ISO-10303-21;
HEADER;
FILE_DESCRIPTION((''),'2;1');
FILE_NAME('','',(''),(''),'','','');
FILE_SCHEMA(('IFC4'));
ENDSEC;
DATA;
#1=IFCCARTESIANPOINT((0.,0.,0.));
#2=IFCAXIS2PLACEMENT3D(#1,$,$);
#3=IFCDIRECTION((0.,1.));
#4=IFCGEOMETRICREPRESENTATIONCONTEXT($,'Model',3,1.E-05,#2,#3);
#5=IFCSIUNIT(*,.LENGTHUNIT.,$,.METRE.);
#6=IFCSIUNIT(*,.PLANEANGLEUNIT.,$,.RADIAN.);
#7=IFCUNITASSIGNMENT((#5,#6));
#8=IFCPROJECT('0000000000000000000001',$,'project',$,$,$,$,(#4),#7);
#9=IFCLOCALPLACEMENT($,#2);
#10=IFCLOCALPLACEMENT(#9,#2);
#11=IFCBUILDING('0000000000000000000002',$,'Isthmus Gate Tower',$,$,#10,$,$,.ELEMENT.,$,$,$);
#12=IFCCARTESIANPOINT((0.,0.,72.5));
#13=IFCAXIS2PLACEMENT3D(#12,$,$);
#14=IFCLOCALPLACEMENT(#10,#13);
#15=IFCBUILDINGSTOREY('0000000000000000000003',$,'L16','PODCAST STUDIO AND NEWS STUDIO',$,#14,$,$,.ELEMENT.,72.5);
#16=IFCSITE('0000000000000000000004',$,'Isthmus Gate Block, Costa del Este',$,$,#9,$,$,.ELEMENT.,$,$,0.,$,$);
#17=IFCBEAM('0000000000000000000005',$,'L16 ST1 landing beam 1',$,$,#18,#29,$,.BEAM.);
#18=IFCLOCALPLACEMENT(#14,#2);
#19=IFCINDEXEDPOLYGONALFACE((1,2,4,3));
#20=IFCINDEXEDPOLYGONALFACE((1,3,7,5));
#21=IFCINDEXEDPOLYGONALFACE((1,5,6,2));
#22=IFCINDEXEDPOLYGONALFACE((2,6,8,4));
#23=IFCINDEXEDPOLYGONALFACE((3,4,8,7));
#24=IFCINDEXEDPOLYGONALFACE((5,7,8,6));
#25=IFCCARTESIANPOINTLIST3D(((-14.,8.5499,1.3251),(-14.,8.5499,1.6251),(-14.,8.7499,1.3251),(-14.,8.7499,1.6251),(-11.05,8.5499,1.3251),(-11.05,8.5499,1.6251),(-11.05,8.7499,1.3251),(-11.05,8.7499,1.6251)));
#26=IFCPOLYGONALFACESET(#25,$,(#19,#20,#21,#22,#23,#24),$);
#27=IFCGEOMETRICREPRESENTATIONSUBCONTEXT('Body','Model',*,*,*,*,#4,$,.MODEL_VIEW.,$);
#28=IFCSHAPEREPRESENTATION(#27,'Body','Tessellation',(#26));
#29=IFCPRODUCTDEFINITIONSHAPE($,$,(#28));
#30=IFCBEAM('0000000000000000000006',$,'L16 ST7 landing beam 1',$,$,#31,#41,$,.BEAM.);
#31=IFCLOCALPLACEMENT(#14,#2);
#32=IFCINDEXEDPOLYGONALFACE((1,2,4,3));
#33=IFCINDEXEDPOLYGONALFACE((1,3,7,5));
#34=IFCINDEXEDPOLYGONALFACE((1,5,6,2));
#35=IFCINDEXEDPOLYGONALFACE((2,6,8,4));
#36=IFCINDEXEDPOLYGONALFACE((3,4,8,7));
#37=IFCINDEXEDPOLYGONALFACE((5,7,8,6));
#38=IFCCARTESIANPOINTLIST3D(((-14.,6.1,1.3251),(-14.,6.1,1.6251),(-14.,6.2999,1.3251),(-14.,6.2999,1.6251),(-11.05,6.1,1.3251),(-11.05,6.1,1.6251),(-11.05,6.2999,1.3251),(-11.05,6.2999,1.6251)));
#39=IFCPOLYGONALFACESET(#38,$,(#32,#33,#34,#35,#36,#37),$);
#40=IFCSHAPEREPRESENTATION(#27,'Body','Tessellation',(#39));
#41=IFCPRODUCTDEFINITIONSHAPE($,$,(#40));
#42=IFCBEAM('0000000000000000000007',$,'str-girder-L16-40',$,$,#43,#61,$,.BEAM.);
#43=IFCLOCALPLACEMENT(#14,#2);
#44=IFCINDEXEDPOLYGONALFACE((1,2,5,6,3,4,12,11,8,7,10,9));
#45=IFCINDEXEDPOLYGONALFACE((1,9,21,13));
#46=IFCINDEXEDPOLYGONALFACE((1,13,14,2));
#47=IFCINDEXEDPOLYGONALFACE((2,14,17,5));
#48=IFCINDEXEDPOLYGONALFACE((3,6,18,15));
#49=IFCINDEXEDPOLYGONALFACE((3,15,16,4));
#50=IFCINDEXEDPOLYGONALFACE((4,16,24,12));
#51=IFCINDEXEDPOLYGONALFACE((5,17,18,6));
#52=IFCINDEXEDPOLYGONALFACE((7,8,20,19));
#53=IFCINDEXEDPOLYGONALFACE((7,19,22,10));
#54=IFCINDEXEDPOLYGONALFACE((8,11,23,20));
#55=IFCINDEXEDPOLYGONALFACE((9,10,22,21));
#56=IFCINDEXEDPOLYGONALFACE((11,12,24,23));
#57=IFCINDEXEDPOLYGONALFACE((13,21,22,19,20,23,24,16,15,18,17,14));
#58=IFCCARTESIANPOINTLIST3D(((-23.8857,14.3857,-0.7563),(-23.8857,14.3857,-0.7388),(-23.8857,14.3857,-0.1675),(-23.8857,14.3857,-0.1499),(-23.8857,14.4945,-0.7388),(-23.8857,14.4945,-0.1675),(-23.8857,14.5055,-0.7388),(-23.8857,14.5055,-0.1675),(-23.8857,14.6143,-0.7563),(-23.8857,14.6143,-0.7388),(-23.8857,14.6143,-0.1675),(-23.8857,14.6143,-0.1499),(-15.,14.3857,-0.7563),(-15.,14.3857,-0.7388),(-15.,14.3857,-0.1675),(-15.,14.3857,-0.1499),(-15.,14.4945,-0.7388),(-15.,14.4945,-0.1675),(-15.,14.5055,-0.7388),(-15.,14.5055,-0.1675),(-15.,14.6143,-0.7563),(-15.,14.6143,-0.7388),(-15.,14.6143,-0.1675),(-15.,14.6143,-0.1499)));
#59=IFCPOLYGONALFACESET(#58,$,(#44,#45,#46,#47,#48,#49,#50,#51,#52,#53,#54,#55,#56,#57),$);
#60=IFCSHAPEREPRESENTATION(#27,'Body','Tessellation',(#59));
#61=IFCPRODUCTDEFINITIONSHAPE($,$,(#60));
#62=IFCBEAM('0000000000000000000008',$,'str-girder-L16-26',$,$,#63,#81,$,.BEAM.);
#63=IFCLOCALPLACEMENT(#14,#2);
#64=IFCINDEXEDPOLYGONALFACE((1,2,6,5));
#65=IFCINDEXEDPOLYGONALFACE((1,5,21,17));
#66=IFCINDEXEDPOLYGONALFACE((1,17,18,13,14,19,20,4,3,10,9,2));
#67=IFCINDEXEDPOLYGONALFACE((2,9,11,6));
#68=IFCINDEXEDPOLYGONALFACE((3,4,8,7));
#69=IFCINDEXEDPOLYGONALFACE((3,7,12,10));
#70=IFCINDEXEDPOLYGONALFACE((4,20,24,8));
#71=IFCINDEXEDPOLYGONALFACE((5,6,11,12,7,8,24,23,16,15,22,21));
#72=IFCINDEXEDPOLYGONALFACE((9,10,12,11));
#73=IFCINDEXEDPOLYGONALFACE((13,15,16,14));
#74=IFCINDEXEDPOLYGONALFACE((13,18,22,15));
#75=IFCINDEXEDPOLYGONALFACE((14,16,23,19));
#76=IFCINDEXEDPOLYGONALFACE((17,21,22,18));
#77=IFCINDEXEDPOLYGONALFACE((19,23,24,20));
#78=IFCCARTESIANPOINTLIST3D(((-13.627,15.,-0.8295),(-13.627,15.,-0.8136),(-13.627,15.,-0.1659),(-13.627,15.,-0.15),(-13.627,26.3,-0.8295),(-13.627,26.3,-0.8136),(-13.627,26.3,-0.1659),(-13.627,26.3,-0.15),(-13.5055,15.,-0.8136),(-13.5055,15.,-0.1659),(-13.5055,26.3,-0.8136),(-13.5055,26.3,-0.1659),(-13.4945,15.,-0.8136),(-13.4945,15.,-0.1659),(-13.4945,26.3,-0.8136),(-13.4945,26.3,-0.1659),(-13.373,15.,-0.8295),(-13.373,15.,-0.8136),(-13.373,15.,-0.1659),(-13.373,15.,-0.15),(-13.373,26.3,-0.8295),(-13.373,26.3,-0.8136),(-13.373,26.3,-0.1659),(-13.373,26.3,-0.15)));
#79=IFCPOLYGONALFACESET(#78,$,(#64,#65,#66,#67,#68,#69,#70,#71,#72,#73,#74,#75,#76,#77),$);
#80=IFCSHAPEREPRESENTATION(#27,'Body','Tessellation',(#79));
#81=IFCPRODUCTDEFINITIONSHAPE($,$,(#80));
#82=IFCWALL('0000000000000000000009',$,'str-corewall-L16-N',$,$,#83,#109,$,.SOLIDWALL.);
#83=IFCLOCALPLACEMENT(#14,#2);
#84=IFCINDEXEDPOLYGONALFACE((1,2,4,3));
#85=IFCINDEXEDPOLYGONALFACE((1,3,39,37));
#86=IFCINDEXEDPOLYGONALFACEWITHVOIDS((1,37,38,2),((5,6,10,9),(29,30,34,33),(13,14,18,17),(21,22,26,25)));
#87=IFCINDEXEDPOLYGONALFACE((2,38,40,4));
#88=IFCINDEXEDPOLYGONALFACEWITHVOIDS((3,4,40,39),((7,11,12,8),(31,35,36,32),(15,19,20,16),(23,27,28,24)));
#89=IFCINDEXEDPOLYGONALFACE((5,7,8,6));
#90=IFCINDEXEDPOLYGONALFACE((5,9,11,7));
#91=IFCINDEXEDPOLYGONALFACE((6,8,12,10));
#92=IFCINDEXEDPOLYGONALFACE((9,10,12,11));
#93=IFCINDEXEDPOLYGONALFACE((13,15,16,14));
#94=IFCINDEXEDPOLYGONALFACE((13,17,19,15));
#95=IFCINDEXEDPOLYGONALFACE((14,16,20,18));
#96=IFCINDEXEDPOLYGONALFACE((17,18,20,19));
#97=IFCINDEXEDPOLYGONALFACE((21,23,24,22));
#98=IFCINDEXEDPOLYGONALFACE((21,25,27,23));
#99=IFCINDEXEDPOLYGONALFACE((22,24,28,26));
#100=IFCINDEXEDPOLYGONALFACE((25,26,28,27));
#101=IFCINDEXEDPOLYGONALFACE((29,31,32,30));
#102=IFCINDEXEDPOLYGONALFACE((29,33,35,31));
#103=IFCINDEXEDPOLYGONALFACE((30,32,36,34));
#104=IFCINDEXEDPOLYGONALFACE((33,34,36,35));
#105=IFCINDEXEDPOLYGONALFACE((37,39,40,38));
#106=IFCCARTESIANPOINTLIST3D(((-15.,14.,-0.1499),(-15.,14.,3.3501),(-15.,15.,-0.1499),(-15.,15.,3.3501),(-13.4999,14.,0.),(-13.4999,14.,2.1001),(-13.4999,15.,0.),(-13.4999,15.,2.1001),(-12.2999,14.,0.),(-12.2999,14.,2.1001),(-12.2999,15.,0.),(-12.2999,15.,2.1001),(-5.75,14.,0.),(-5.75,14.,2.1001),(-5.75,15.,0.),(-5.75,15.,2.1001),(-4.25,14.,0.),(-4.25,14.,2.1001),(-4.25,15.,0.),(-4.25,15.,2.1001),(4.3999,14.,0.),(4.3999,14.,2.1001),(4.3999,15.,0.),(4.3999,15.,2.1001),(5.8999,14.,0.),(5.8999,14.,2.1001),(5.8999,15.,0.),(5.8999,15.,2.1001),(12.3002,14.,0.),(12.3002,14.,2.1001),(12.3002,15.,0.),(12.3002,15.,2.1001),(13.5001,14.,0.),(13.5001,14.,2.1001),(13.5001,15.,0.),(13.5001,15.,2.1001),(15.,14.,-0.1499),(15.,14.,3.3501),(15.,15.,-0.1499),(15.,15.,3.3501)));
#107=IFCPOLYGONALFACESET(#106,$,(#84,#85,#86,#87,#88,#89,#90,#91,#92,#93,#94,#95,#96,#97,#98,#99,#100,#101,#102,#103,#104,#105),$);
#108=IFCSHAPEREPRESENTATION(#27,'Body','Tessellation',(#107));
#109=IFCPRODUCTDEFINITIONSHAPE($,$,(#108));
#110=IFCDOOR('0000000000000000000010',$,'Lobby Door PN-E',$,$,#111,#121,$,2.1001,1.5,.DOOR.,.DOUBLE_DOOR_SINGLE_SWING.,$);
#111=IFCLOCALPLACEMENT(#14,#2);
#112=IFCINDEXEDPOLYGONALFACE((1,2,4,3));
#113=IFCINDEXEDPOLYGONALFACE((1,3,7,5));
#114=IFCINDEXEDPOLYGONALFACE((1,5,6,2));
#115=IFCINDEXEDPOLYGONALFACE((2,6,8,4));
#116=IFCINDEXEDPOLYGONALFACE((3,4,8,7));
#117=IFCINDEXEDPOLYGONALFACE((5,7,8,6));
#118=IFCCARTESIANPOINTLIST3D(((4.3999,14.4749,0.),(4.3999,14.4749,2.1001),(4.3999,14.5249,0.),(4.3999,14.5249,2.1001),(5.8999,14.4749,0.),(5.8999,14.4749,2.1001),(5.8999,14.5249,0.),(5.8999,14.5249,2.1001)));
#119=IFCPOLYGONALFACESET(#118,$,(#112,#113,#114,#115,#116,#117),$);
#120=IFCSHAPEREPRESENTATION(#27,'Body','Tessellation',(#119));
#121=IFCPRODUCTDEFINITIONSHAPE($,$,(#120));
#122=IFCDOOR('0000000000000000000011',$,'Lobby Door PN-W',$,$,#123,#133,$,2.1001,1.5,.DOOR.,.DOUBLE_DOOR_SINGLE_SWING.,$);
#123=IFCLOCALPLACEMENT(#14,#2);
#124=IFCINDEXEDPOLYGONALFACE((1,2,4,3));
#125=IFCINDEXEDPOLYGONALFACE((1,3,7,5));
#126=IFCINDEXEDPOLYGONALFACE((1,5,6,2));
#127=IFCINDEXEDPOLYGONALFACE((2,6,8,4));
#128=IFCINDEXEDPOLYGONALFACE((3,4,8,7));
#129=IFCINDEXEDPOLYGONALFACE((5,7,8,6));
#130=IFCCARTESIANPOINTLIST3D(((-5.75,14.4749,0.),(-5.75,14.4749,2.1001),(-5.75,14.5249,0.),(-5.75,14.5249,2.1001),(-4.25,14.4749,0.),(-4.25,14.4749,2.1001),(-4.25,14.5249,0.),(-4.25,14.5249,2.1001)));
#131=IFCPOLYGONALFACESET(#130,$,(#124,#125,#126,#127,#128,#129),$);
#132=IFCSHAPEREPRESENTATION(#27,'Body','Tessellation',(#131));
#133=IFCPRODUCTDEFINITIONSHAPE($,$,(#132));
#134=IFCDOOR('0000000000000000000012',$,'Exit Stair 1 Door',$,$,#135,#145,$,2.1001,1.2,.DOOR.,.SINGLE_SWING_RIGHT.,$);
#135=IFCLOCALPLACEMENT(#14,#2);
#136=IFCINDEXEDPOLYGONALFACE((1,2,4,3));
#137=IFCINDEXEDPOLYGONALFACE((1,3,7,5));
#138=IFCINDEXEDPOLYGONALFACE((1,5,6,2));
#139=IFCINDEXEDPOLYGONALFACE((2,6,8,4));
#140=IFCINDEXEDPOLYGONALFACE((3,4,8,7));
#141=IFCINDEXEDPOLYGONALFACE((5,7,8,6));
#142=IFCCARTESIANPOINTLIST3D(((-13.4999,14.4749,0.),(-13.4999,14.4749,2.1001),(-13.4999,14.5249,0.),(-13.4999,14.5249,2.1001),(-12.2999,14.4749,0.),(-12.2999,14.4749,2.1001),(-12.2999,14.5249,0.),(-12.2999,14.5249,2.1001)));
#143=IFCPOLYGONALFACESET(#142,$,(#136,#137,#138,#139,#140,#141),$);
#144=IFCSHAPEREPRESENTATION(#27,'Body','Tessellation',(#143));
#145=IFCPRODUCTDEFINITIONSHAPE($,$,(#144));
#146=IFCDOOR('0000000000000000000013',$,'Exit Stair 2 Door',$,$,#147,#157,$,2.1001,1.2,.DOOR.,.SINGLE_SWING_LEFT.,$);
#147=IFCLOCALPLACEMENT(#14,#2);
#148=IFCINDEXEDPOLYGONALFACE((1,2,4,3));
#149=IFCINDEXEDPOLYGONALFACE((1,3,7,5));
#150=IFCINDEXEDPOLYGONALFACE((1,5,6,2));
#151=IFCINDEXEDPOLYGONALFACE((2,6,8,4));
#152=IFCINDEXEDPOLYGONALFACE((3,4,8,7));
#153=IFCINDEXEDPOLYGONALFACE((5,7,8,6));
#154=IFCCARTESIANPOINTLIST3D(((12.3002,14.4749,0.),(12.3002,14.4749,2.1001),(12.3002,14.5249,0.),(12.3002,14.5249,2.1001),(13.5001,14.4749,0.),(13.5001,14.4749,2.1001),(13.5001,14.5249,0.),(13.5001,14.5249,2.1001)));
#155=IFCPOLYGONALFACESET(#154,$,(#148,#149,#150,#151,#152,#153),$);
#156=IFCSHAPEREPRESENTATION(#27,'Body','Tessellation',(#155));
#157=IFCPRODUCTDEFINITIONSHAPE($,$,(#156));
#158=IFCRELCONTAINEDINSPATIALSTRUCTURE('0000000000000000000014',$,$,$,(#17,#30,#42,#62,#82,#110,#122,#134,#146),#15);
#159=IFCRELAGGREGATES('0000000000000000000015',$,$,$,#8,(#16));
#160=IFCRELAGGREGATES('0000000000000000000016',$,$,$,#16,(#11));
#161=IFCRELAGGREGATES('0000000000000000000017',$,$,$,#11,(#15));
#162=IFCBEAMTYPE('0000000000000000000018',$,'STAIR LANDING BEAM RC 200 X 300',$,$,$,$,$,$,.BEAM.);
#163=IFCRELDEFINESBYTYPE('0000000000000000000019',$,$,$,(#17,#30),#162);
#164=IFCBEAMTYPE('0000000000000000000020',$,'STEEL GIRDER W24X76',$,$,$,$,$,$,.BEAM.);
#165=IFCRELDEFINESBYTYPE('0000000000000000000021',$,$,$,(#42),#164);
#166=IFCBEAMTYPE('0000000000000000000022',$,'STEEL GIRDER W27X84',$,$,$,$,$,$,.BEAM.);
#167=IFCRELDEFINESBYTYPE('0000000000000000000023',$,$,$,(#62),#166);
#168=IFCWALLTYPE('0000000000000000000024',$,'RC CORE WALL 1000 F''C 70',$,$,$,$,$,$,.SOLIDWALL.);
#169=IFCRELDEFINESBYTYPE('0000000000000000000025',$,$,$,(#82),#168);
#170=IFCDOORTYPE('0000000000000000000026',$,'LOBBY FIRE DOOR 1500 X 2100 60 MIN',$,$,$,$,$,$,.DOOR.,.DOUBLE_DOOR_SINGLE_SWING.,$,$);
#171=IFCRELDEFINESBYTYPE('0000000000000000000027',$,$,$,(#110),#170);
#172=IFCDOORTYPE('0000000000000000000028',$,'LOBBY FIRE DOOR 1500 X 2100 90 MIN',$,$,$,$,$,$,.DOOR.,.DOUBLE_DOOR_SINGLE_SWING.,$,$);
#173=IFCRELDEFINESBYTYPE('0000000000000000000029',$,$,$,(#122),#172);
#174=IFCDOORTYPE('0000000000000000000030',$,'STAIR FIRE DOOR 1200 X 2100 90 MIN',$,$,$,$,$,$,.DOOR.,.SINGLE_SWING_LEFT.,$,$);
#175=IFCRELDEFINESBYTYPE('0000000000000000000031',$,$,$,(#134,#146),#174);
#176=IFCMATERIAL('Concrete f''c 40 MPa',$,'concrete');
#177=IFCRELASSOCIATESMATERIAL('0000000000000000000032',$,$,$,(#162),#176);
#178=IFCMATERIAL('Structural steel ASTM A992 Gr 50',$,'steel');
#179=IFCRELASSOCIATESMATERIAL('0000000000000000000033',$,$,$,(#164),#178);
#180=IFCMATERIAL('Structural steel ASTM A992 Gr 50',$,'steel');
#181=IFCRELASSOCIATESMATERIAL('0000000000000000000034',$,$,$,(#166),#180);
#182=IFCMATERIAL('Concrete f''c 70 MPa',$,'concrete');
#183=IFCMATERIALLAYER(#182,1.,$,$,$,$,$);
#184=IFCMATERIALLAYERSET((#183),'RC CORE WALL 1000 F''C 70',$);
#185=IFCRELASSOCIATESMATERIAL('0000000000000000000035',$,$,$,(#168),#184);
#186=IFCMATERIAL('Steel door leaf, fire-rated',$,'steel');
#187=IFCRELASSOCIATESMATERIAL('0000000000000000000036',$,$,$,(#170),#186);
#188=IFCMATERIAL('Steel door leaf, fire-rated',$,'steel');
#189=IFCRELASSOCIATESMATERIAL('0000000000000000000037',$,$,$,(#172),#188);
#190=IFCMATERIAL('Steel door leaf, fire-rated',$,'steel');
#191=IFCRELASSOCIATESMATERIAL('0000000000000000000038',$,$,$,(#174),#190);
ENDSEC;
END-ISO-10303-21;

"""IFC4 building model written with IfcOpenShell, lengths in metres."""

from ifc_helpers import new_model, si_unit, direction, frame, frame_2d, origin, origin_2d, place, context, subcontext, project, spatial, rectangle, i_section, extrude, material, layer, layer_set, material_profile, profile_set, type_object, element, fill, save


model = new_model("IFC4")

# Units and contexts
model_context = context("Model", 3, precision=1e-05, world=origin(), true_north=direction((0.0, 1.0)))
body_context = subcontext(model_context, "Body", "Model", "MODEL_VIEW")
ifc_project = project(units=[si_unit("LENGTHUNIT", "METRE"), si_unit("PLANEANGLEUNIT", "RADIAN")], contexts=[model_context])

# Site, building, storey
site_placement = place(None, origin())
site = spatial("IfcSite", under=ifc_project, at=site_placement, Name="Isthmus Gate Block, Costa del Este", CompositionType="ELEMENT", RefElevation=0.0)
building_placement = place(site_placement, origin())
building = spatial("IfcBuilding", under=site, at=building_placement, Name="Isthmus Gate Tower", CompositionType="ELEMENT")
storey_placement = place(building_placement, frame((0.0, 0.0, 72.5)))
storey = spatial("IfcBuildingStorey", under=building, at=storey_placement, Name="L16", Description="PODCAST STUDIO AND NEWS STUDIO", CompositionType="ELEMENT", Elevation=72.5)

# Beams
ifc_material_1 = material(Name="Concrete f'c 40 MPa", Category="concrete")
ifc_material_profile_1 = material_profile(ifc_material_1, rectangle(XDim=0.2, YDim=0.3, at=origin_2d()), Name="STAIR LANDING BEAM RC 200 X 300")
ifc_profile_set_1 = profile_set([ifc_material_profile_1], Name="Concrete f'c 40 MPa")
beam_type_1 = type_object("IfcBeamType", Name="STAIR LANDING BEAM RC 200 X 300", PredefinedType="BEAM", material=ifc_profile_set_1)
for number, where, z_axis, x_axis, name in (
    (1, (-14.0, 8.6499, 1.4751), (1.0, 0.0, 0.0), (0.0, 1.0, 0.0), "L16 ST1 landing beam 1"),
    (2, (-14.0, 6.2, 1.4751), (1.0, 0.0, 0.0), (0.0, 1.0, 0.0), "L16 ST7 landing beam 1"),
):
    element("IfcBeam", number, at=place(storey_placement, frame(where, z_axis=z_axis, x_axis=x_axis)), inside=storey, type_object=beam_type_1, Name=name, PredefinedType="BEAM", context=body_context, shape_type="SweptSolid", body=[
        extrude(rectangle(XDim=0.2, YDim=0.3, at=origin_2d()), origin(), (0.0, 0.0, 1.0), 2.95),
    ])
ifc_material_2 = material(Name="Structural steel ASTM A992 Gr 50", Category="steel")
ifc_material_profile_2 = material_profile(ifc_material_2, i_section(OverallWidth=0.2285, OverallDepth=0.6064, WebThickness=0.011, FlangeThickness=0.0176, at=origin_2d()), Name="W24X76")
ifc_profile_set_2 = profile_set([ifc_material_profile_2], Name="Structural steel ASTM A992 Gr 50")
beam_type_2 = type_object("IfcBeamType", Name="STEEL GIRDER W24X76", PredefinedType="BEAM", material=ifc_profile_set_2)
beam_1_placement = place(storey_placement, frame((-15.0, 14.5, -0.4531), z_axis=(-1.0, 0.0, 0.0), x_axis=(0.0, -1.0, 0.0)))
element("IfcBeam", 3, at=beam_1_placement, inside=storey, type_object=beam_type_2, Name="str-girder-L16-40", PredefinedType="BEAM", context=body_context, shape_type="SweptSolid", body=[
    extrude(i_section(OverallWidth=0.2285, OverallDepth=0.6064, WebThickness=0.011, FlangeThickness=0.0176, at=origin_2d()), origin(), (0.0, 0.0, 1.0), 8.8857),
])
ifc_material_3 = material(Name="Structural steel ASTM A992 Gr 50", Category="steel")
ifc_material_profile_3 = material_profile(ifc_material_3, i_section(OverallWidth=0.2539, OverallDepth=0.6794, WebThickness=0.011, FlangeThickness=0.0159, at=origin_2d()), Name="W27X84")
ifc_profile_set_3 = profile_set([ifc_material_profile_3], Name="Structural steel ASTM A992 Gr 50")
beam_type_3 = type_object("IfcBeamType", Name="STEEL GIRDER W27X84", PredefinedType="BEAM", material=ifc_profile_set_3)
beam_2_placement = place(storey_placement, frame((-13.5, 15.0, -0.4897), z_axis=(0.0, 1.0, 0.0), x_axis=(-1.0, 0.0, 0.0)))
element("IfcBeam", 4, at=beam_2_placement, inside=storey, type_object=beam_type_3, Name="str-girder-L16-26", PredefinedType="BEAM", context=body_context, shape_type="SweptSolid", body=[
    extrude(i_section(OverallWidth=0.2539, OverallDepth=0.6794, WebThickness=0.011, FlangeThickness=0.0159, at=origin_2d()), origin(), (0.0, 0.0, 1.0), 11.3),
])

# Wall, openings, doors
ifc_material_4 = material(Name="Concrete f'c 70 MPa", Category="concrete")
ifc_layer_1 = layer(ifc_material_4, 1.0)
ifc_layer_set_1 = layer_set([ifc_layer_1], Name="RC CORE WALL 1000 F'C 70")
wall_type_1 = type_object("IfcWallType", Name="RC CORE WALL 1000 F'C 70", PredefinedType="SOLIDWALL", material=ifc_layer_set_1)
wall_1_placement = place(storey_placement, frame((-15.0, 14.5, -0.1499), z_axis=(0.0, 0.0, 1.0), x_axis=(1.0, 0.0, 0.0)))
wall_1 = element("IfcWall", 5, at=wall_1_placement, inside=storey, type_object=wall_type_1, Name="str-corewall-L16-N", PredefinedType="SOLIDWALL", context=body_context, shape_type="SweptSolid", body=[
    extrude(rectangle(XDim=30.0, YDim=1.0, at=frame_2d((15.0, 0.0))), origin(), (0.0, 0.0, 1.0), 3.5),
])
opening_1_placement = place(wall_1_placement, frame((9.25, 0.0, 0.1499)))
opening_1 = element("IfcOpeningElement", 6, at=opening_1_placement, cuts=wall_1, PredefinedType="OPENING", context=body_context, shape_type="SweptSolid", body=[
    extrude(rectangle(XDim=1.5, YDim=2.1001, at=frame_2d((0.75, 1.05))), frame((0.0, 0.51, 0.0), z_axis=(0.0, -1.0, 0.0), x_axis=(1.0, 0.0, 0.0)), (0.0, 0.0, 1.0), 1.02),
])
opening_2_placement = place(wall_1_placement, frame((19.3999, 0.0, 0.1499)))
opening_2 = element("IfcOpeningElement", 7, at=opening_2_placement, cuts=wall_1, PredefinedType="OPENING", context=body_context, shape_type="SweptSolid", body=[
    extrude(rectangle(XDim=1.5, YDim=2.1001, at=frame_2d((0.75, 1.05))), frame((0.0, 0.51, 0.0), z_axis=(0.0, -1.0, 0.0), x_axis=(1.0, 0.0, 0.0)), (0.0, 0.0, 1.0), 1.02),
])
opening_3_placement = place(wall_1_placement, frame((1.5, 0.0, 0.1499)))
opening_3 = element("IfcOpeningElement", 8, at=opening_3_placement, cuts=wall_1, PredefinedType="OPENING", context=body_context, shape_type="SweptSolid", body=[
    extrude(rectangle(XDim=1.2, YDim=2.1001, at=frame_2d((0.6001, 1.05))), frame((0.0, 0.51, 0.0), z_axis=(0.0, -1.0, 0.0), x_axis=(1.0, 0.0, 0.0)), (0.0, 0.0, 1.0), 1.02),
])
opening_4_placement = place(wall_1_placement, frame((27.3, 0.0, 0.1499)))
opening_4 = element("IfcOpeningElement", 9, at=opening_4_placement, cuts=wall_1, PredefinedType="OPENING", context=body_context, shape_type="SweptSolid", body=[
    extrude(rectangle(XDim=1.2, YDim=2.1001, at=frame_2d((0.6001, 1.05))), frame((0.0, 0.51, 0.0), z_axis=(0.0, -1.0, 0.0), x_axis=(1.0, 0.0, 0.0)), (0.0, 0.0, 1.0), 1.02),
])
ifc_material_5 = material(Name="Steel door leaf, fire-rated", Category="steel")
door_type_1 = type_object("IfcDoorType", Name="LOBBY FIRE DOOR 1500 X 2100 60 MIN", OperationType="DOUBLE_DOOR_SINGLE_SWING", PredefinedType="DOOR", material=ifc_material_5)
door_1_placement = place(opening_2_placement, origin())
door_1 = element("IfcDoor", 10, at=door_1_placement, inside=storey, type_object=door_type_1, Name="Lobby Door PN-E", OperationType="DOUBLE_DOOR_SINGLE_SWING", OverallHeight=2.1001, OverallWidth=1.5, PredefinedType="DOOR", context=body_context, shape_type="SweptSolid", body=[
    extrude(rectangle(XDim=1.5, YDim=2.1001, at=frame_2d((0.75, 1.05))), frame((0.0, 0.0249, 0.0), z_axis=(0.0, -1.0, 0.0), x_axis=(1.0, 0.0, 0.0)), (0.0, 0.0, 1.0), 0.05),
])
fill(opening_2, door_1)
ifc_material_6 = material(Name="Steel door leaf, fire-rated", Category="steel")
door_type_2 = type_object("IfcDoorType", Name="LOBBY FIRE DOOR 1500 X 2100 90 MIN", OperationType="DOUBLE_DOOR_SINGLE_SWING", PredefinedType="DOOR", material=ifc_material_6)
door_2_placement = place(opening_1_placement, origin())
door_2 = element("IfcDoor", 11, at=door_2_placement, inside=storey, type_object=door_type_2, Name="Lobby Door PN-W", OperationType="DOUBLE_DOOR_SINGLE_SWING", OverallHeight=2.1001, OverallWidth=1.5, PredefinedType="DOOR", context=body_context, shape_type="SweptSolid", body=[
    extrude(rectangle(XDim=1.5, YDim=2.1001, at=frame_2d((0.75, 1.05))), frame((0.0, 0.0249, 0.0), z_axis=(0.0, -1.0, 0.0), x_axis=(1.0, 0.0, 0.0)), (0.0, 0.0, 1.0), 0.05),
])
fill(opening_1, door_2)
ifc_material_7 = material(Name="Steel door leaf, fire-rated", Category="steel")
door_type_3 = type_object("IfcDoorType", Name="STAIR FIRE DOOR 1200 X 2100 90 MIN", OperationType="SINGLE_SWING_LEFT", PredefinedType="DOOR", material=ifc_material_7)
door_3_placement = place(opening_3_placement, origin())
door_3 = element("IfcDoor", 12, at=door_3_placement, inside=storey, type_object=door_type_3, Name="Exit Stair 1 Door", OperationType="SINGLE_SWING_RIGHT", OverallHeight=2.1001, OverallWidth=1.2, PredefinedType="DOOR", context=body_context, shape_type="SweptSolid", body=[
    extrude(rectangle(XDim=1.2, YDim=2.1001, at=frame_2d((0.6001, 1.05))), frame((0.0, 0.0249, 0.0), z_axis=(0.0, -1.0, 0.0), x_axis=(1.0, 0.0, 0.0)), (0.0, 0.0, 1.0), 0.05),
])
fill(opening_3, door_3)
door_4_placement = place(opening_4_placement, origin())
door_4 = element("IfcDoor", 13, at=door_4_placement, inside=storey, type_object=door_type_3, Name="Exit Stair 2 Door", OperationType="SINGLE_SWING_LEFT", OverallHeight=2.1001, OverallWidth=1.2, PredefinedType="DOOR", context=body_context, shape_type="SweptSolid", body=[
    extrude(rectangle(XDim=1.2, YDim=2.1001, at=frame_2d((0.6001, 1.05))), frame((0.0, 0.0249, 0.0), z_axis=(0.0, -1.0, 0.0), x_axis=(1.0, 0.0, 0.0)), (0.0, 0.0, 1.0), 0.05),
])
fill(opening_4, door_4)

save(model, "model.ifc")
